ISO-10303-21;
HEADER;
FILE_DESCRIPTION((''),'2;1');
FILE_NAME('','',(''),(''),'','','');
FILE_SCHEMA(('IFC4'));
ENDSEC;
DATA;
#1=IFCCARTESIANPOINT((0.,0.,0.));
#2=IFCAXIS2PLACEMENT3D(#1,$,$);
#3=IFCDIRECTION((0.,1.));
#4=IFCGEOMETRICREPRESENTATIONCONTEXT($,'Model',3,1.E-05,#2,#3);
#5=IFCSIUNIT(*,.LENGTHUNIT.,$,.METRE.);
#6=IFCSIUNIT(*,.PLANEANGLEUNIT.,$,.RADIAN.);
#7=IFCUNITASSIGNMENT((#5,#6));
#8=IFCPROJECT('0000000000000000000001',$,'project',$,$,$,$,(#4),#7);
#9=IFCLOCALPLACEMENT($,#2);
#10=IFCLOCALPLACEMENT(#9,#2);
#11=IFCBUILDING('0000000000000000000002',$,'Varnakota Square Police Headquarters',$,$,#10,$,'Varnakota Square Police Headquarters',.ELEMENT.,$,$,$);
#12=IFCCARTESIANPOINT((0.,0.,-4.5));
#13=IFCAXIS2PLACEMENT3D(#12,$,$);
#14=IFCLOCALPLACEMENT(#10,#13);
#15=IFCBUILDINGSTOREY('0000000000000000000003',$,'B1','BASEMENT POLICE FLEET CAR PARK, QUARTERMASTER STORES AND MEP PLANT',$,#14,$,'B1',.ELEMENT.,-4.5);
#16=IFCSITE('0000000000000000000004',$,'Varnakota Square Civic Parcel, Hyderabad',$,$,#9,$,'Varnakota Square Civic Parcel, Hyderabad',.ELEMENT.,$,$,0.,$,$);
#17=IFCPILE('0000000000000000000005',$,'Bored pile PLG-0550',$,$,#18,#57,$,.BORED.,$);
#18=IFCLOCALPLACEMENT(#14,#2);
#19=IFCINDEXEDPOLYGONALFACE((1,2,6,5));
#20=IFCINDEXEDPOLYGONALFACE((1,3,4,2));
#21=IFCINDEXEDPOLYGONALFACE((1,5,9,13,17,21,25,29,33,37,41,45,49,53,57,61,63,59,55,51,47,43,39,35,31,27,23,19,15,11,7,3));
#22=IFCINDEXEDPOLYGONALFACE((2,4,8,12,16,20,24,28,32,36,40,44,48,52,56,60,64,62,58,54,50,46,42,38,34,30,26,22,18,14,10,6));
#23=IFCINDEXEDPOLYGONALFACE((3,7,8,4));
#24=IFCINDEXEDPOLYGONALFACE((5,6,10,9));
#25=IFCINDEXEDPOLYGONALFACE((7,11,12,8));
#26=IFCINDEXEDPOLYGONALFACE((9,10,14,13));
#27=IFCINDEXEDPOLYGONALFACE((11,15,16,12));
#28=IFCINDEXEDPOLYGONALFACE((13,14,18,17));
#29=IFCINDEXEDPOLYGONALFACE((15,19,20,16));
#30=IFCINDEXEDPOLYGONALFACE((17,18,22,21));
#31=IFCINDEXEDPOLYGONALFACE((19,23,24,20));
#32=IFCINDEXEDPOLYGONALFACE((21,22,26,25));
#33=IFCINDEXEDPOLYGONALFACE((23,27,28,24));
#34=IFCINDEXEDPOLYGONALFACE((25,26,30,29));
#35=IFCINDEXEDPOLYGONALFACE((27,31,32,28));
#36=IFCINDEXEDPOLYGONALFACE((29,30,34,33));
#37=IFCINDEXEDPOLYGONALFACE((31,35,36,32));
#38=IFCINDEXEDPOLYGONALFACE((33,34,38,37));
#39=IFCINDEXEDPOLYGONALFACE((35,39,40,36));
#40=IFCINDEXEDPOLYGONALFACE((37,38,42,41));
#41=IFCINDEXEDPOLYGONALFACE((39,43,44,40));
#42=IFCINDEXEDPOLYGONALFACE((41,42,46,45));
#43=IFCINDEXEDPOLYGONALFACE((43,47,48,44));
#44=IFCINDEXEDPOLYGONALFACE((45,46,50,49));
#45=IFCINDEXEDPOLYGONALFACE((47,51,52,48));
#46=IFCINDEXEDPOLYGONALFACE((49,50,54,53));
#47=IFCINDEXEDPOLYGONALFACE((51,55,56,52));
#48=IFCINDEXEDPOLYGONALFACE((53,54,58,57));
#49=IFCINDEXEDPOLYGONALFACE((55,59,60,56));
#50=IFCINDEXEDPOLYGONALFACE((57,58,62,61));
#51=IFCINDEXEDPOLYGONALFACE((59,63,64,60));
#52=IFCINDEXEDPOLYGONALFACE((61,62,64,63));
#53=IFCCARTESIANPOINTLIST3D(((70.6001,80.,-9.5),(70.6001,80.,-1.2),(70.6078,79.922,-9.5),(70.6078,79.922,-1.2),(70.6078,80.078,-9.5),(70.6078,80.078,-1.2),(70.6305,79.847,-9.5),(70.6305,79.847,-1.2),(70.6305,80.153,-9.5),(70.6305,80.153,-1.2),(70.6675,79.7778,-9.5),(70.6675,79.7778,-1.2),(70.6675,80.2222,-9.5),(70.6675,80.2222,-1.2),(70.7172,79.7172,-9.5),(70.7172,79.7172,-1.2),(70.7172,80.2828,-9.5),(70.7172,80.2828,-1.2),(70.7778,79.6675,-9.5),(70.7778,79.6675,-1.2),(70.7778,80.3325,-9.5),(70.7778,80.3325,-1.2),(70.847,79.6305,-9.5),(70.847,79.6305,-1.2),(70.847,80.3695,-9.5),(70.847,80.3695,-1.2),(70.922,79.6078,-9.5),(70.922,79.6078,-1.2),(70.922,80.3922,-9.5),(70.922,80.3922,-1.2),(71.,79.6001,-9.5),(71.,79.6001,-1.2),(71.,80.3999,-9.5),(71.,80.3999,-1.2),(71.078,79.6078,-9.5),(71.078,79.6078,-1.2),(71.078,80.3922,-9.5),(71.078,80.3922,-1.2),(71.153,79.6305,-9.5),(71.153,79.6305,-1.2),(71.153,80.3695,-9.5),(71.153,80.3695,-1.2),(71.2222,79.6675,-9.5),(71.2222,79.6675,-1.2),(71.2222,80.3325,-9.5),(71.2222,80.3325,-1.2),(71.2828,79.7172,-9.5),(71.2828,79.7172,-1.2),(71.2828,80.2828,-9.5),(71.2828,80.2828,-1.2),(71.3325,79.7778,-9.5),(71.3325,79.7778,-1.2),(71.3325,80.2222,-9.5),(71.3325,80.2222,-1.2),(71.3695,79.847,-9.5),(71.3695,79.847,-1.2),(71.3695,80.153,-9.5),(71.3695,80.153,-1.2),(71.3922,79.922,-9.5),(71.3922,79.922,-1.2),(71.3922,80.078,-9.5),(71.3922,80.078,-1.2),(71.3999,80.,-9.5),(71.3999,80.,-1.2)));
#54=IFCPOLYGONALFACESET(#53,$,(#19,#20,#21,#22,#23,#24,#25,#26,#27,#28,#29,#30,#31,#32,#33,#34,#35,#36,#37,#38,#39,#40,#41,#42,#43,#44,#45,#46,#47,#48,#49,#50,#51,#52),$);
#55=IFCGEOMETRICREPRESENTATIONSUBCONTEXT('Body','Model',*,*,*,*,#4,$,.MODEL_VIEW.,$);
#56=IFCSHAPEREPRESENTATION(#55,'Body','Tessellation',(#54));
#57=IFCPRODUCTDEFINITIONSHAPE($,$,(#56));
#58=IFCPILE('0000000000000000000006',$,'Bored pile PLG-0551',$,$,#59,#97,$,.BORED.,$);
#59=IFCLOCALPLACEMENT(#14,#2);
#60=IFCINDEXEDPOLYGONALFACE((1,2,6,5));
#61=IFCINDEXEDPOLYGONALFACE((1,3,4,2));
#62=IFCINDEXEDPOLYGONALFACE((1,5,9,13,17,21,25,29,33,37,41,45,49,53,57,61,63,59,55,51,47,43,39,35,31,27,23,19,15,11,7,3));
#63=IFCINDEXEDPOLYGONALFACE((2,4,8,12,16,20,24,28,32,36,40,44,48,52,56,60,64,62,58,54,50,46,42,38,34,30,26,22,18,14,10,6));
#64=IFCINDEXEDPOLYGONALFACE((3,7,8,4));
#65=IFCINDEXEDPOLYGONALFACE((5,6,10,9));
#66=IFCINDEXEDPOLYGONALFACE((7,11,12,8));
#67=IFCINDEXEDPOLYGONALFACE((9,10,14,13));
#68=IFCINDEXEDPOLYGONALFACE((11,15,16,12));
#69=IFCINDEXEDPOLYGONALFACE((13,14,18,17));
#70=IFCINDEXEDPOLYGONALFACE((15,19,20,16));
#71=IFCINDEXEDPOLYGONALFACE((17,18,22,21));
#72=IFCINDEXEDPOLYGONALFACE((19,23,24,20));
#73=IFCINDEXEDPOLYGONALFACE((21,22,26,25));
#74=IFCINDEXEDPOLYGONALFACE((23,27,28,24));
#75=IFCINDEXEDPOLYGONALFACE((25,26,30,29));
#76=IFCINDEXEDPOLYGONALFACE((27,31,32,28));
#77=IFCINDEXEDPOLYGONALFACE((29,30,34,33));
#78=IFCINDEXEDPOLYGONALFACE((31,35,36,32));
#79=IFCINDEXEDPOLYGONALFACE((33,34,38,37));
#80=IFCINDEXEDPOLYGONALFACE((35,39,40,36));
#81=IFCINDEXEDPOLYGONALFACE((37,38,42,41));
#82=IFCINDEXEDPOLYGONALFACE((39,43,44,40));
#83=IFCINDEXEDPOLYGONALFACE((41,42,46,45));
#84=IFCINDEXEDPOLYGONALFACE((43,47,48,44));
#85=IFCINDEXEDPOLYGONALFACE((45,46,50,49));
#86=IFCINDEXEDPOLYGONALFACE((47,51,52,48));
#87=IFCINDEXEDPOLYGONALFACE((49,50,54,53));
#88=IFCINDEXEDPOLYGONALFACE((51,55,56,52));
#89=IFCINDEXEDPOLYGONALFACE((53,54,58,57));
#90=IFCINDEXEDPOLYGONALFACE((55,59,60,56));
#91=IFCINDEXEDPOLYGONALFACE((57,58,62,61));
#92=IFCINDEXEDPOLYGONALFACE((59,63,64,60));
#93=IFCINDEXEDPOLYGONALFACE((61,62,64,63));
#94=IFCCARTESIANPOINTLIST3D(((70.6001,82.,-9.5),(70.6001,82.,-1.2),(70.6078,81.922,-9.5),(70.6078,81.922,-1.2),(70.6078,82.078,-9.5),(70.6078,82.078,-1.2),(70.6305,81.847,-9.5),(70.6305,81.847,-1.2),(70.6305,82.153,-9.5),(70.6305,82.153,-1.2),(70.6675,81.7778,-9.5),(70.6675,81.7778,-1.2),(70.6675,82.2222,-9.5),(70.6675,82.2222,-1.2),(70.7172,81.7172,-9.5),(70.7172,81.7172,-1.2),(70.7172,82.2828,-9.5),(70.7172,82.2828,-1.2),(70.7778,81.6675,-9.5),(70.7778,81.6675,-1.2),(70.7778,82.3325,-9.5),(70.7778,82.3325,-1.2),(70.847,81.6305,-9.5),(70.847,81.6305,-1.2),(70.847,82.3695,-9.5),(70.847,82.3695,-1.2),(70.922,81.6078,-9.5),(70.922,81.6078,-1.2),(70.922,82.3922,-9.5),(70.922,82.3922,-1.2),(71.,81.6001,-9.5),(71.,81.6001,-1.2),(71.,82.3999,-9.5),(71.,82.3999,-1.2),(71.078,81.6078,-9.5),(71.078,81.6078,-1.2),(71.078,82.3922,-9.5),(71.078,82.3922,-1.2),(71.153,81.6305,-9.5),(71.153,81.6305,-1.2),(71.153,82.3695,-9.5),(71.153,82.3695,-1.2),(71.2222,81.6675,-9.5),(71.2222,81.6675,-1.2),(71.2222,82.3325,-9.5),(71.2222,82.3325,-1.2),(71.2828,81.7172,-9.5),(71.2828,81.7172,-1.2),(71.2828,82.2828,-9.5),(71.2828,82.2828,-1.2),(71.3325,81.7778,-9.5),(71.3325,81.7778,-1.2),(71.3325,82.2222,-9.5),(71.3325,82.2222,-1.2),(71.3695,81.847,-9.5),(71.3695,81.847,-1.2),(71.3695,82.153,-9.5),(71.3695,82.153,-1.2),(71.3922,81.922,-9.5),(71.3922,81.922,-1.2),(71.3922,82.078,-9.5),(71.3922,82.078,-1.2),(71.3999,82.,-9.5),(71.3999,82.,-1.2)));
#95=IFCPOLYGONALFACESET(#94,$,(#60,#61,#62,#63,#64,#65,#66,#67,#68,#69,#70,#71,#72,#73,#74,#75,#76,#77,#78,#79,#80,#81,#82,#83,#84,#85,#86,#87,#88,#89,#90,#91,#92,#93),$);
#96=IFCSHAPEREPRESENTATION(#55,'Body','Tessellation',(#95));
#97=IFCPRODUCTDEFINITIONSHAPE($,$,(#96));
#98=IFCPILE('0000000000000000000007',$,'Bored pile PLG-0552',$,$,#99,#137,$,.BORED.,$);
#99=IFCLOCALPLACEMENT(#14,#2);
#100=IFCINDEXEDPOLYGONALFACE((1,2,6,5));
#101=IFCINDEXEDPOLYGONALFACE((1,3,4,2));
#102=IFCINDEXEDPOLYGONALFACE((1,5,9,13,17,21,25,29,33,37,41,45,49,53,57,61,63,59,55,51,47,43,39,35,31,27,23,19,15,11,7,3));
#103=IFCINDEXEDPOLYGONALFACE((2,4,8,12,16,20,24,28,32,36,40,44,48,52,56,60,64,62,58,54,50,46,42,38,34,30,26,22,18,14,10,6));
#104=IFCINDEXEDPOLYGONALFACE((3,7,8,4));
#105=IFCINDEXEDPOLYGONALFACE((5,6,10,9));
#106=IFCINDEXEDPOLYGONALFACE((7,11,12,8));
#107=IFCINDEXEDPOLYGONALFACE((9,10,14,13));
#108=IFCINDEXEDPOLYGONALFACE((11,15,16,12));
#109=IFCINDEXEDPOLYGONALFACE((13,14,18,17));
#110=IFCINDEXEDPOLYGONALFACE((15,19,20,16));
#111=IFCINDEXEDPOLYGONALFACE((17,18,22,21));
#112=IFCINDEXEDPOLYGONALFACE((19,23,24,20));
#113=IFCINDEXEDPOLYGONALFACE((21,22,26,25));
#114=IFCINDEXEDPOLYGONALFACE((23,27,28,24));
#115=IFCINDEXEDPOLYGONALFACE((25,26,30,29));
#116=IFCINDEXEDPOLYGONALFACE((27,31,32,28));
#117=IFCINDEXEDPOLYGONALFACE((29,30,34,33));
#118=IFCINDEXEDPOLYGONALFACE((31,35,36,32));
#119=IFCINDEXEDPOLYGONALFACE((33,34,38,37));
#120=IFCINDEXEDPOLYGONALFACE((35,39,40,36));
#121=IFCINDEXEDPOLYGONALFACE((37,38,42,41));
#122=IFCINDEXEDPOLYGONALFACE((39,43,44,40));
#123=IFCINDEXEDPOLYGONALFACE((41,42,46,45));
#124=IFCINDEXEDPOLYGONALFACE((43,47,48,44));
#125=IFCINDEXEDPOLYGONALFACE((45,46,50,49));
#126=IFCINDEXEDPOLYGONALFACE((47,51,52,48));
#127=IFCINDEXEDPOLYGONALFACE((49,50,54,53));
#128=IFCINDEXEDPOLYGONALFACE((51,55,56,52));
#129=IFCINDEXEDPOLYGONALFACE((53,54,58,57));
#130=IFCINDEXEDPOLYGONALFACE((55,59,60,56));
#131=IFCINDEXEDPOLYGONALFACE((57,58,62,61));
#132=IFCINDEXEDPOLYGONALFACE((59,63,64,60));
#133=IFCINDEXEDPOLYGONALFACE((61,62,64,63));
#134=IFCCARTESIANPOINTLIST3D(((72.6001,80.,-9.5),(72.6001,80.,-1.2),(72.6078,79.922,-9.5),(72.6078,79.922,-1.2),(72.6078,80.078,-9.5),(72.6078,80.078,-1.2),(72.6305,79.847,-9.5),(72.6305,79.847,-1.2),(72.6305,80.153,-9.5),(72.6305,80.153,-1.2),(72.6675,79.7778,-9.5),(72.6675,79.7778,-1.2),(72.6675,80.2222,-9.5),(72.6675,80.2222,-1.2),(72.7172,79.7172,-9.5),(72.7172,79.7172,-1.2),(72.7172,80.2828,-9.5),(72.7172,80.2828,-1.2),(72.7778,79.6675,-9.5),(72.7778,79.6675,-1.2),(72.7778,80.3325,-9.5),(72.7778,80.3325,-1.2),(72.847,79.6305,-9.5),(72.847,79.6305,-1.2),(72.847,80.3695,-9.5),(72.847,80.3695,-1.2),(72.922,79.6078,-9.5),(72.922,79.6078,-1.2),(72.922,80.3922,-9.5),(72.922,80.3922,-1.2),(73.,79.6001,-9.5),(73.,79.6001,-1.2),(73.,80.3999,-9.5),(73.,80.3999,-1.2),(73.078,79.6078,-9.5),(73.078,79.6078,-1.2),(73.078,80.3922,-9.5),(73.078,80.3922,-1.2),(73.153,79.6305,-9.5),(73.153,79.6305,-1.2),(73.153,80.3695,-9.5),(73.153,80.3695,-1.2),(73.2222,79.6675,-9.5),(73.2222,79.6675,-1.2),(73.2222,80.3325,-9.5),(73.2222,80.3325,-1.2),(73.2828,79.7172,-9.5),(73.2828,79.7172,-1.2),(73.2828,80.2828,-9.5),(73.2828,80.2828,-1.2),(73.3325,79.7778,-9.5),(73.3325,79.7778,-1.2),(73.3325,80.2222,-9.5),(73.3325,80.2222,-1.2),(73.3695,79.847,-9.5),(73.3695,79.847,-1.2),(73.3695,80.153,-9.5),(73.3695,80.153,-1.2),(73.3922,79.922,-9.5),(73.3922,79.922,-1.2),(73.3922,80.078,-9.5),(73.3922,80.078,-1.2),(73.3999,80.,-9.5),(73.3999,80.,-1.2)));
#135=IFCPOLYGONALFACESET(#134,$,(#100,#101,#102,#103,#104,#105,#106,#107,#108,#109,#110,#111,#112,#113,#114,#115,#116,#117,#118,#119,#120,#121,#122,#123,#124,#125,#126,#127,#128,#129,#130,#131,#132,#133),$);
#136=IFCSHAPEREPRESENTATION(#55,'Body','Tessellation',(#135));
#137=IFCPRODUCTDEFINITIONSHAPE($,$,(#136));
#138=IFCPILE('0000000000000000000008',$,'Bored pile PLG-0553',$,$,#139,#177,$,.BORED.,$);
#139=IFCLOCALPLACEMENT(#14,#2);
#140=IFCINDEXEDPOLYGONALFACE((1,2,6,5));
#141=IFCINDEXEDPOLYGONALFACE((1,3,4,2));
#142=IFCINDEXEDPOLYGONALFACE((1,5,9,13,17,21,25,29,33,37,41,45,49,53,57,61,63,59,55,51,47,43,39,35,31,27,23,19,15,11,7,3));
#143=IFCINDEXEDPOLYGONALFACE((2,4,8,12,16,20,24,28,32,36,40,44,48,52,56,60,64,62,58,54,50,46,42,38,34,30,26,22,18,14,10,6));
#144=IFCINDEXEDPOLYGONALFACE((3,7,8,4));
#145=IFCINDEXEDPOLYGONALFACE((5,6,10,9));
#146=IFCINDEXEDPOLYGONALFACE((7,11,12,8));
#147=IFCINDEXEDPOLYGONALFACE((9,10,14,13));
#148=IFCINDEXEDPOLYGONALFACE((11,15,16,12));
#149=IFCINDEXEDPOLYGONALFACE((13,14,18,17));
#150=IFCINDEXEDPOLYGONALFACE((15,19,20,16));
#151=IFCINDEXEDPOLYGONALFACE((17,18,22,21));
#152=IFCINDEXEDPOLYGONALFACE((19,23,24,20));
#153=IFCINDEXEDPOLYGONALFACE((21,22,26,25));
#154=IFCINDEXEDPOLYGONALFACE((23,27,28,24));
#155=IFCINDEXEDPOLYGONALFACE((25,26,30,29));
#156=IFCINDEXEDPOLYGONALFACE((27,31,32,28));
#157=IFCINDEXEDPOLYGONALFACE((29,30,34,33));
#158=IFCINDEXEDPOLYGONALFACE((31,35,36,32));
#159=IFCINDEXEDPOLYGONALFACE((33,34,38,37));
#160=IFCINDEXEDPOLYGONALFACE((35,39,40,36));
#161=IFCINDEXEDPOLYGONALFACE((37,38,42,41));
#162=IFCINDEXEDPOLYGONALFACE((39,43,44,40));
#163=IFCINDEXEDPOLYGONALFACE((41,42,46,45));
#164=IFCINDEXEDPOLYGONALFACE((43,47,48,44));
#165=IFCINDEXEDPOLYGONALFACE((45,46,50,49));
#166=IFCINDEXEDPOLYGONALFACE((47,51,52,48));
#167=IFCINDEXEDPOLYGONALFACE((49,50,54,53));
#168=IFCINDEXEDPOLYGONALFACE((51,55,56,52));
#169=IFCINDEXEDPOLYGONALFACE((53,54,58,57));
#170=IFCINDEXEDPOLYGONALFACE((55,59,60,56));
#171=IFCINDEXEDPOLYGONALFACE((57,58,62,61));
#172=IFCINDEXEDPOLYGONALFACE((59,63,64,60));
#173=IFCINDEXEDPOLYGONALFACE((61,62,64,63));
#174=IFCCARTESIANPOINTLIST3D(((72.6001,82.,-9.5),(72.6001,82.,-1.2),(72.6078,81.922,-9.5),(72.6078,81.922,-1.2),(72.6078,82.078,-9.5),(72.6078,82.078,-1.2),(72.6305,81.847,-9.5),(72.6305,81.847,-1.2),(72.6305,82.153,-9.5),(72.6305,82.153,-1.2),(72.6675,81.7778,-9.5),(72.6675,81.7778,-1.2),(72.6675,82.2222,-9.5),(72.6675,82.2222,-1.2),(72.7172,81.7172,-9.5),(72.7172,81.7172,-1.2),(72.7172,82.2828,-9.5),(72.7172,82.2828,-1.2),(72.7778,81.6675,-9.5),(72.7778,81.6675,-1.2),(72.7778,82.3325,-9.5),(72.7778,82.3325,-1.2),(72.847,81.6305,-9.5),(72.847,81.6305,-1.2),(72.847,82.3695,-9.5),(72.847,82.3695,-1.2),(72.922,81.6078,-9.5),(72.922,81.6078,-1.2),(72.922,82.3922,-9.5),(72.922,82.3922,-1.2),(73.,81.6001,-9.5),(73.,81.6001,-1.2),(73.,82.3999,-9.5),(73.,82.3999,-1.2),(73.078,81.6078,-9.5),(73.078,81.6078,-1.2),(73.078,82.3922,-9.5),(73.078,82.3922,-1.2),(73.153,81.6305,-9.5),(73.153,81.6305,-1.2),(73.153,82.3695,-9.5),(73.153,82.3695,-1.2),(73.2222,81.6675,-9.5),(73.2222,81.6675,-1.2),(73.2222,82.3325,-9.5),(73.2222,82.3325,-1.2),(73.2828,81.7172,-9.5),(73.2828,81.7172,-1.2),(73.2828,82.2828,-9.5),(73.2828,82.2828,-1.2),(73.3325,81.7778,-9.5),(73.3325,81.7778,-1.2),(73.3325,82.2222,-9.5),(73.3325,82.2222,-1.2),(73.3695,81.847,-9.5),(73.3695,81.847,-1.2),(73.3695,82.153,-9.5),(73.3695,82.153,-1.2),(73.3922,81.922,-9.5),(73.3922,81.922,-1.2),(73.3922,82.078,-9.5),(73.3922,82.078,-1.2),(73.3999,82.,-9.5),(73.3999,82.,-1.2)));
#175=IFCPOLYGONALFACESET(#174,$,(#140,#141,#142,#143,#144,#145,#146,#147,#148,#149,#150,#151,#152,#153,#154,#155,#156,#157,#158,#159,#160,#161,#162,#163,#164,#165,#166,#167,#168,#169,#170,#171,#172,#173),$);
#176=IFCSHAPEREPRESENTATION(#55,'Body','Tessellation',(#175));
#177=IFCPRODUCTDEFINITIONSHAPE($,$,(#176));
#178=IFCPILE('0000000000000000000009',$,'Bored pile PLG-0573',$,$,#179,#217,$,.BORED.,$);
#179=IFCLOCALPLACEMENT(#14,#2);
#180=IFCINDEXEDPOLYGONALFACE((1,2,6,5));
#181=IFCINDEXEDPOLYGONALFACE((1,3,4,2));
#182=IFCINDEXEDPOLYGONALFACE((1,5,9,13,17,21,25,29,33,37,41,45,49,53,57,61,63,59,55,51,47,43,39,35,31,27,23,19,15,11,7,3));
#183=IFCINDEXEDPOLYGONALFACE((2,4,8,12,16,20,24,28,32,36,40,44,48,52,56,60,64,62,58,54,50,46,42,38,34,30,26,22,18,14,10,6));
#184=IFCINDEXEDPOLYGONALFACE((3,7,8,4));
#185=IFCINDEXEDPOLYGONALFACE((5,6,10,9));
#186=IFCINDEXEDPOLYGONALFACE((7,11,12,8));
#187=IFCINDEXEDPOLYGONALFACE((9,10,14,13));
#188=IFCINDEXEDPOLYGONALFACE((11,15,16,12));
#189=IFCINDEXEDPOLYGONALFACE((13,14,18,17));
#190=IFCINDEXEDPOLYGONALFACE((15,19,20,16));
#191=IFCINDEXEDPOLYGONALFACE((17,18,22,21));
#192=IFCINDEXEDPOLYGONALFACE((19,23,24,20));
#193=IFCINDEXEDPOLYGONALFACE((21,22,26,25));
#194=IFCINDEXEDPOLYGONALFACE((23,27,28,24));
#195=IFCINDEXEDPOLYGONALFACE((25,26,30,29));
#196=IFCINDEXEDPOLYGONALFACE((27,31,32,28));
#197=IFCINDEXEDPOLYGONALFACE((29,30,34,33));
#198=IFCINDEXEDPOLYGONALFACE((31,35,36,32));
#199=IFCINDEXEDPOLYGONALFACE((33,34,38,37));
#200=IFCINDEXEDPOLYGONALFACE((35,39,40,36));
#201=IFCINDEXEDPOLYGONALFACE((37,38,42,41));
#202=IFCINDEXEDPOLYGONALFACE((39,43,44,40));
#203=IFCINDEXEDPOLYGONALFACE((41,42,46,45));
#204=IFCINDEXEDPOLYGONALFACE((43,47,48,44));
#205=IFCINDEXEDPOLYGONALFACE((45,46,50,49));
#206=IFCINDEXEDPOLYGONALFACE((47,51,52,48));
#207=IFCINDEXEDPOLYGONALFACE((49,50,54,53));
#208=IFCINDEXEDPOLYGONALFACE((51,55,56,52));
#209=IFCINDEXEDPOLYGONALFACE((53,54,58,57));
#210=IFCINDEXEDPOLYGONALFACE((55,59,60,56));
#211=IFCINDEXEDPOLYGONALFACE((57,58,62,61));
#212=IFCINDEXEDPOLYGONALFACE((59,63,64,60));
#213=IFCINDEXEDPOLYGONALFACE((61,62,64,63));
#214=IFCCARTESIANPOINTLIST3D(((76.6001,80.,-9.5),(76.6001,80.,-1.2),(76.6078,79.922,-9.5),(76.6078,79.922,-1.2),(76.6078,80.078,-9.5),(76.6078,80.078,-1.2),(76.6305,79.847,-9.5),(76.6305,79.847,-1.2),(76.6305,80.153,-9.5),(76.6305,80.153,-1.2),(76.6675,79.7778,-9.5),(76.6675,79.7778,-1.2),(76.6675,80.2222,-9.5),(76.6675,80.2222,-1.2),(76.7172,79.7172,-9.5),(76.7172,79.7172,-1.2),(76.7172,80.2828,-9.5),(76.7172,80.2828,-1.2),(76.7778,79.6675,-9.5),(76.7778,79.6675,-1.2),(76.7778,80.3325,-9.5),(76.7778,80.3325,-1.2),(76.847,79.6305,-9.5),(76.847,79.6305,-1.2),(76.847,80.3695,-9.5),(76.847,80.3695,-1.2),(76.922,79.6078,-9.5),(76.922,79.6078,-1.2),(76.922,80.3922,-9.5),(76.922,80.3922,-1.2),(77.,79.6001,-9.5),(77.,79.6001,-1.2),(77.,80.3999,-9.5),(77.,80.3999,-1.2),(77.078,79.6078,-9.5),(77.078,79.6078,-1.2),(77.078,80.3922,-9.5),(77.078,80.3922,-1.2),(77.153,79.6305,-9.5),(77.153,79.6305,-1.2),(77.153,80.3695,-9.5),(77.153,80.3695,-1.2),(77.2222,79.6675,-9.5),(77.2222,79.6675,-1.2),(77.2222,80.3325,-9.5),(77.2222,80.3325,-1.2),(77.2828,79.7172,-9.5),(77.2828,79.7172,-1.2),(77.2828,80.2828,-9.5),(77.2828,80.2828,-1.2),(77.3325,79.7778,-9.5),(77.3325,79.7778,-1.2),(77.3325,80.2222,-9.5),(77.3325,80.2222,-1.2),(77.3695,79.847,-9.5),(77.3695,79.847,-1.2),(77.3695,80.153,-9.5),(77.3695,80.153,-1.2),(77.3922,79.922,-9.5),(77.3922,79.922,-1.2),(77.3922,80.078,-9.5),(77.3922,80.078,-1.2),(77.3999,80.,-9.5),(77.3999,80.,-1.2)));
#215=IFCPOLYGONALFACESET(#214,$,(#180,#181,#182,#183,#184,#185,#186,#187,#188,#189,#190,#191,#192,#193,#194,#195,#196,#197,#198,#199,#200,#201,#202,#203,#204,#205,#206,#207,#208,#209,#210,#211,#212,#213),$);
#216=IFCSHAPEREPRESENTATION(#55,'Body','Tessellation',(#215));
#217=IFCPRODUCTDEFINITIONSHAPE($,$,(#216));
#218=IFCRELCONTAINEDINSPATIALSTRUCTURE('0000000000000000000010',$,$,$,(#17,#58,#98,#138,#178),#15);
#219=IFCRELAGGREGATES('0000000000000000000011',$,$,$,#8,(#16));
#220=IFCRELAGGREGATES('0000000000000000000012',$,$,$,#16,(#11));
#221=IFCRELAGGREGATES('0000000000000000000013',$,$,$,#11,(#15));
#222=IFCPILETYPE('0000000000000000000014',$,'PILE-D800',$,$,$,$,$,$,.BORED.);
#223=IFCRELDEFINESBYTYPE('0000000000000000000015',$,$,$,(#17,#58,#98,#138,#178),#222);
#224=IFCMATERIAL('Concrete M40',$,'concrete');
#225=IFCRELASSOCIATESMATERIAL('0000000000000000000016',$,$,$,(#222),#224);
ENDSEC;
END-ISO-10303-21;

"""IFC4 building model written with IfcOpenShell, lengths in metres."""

from ifc_helpers import new_model, si_unit, direction, frame, origin, origin_2d, place, context, subcontext, project, spatial, circle, extrude, material, material_profile, profile_set, type_object, element, save


model = new_model("IFC4")

# Units and contexts
model_context = context("Model", 3, precision=1e-05, world=origin(), true_north=direction((0.0, 1.0)))
body_context = subcontext(model_context, "Body", "Model", "MODEL_VIEW")
ifc_project = project(units=[si_unit("LENGTHUNIT", "METRE"), si_unit("PLANEANGLEUNIT", "RADIAN")], contexts=[model_context])

# Site, building, storey
site_placement = place(None, origin())
site = spatial("IfcSite", under=ifc_project, at=site_placement, Name="Varnakota Square Civic Parcel, Hyderabad", LongName="Varnakota Square Civic Parcel, Hyderabad", CompositionType="ELEMENT", RefElevation=0.0)
building_placement = place(site_placement, origin())
building = spatial("IfcBuilding", under=site, at=building_placement, Name="Varnakota Square Police Headquarters", LongName="Varnakota Square Police Headquarters", CompositionType="ELEMENT")
storey_placement = place(building_placement, frame((0.0, 0.0, -4.5)))
storey = spatial("IfcBuildingStorey", under=building, at=storey_placement, Name="B1", Description="BASEMENT POLICE FLEET CAR PARK, QUARTERMASTER STORES AND MEP PLANT", LongName="B1", CompositionType="ELEMENT", Elevation=-4.5)

# Shared definitions
ifc_material_1 = material(Name="Concrete M40", Category="concrete")

# Piles
ifc_material_profile_1 = material_profile(ifc_material_1, circle(Radius=0.3999, at=origin_2d()), Name="BORED PILE 800")
ifc_profile_set_1 = profile_set([ifc_material_profile_1], Name="Concrete M40")
pile_type = type_object("IfcPileType", Name="PILE-D800", PredefinedType="BORED", material=ifc_profile_set_1)
for number, where, z_axis, x_axis, name in (
    (1, (71.0, 80.0, -1.2), (0.0, 0.0, -1.0), (1.0, 0.0, 0.0), "Bored pile PLG-0550"),
    (2, (71.0, 82.0, -1.2), (0.0, 0.0, -1.0), (1.0, 0.0, 0.0), "Bored pile PLG-0551"),
    (3, (73.0, 80.0, -1.2), (0.0, 0.0, -1.0), (1.0, 0.0, 0.0), "Bored pile PLG-0552"),
    (4, (73.0, 82.0, -1.2), (0.0, 0.0, -1.0), (1.0, 0.0, 0.0), "Bored pile PLG-0553"),
    (5, (77.0, 80.0, -1.2), (0.0, 0.0, -1.0), (1.0, 0.0, 0.0), "Bored pile PLG-0573"),
):
    element("IfcPile", number, at=place(storey_placement, frame(where, z_axis=z_axis, x_axis=x_axis)), inside=storey, type_object=pile_type, Name=name, PredefinedType="BORED", context=body_context, shape_type="SweptSolid", body=[
        extrude(circle(Radius=0.3999, at=origin_2d()), origin(), (0.0, 0.0, 1.0), 8.3),
    ])

save(model, "model.ifc")
